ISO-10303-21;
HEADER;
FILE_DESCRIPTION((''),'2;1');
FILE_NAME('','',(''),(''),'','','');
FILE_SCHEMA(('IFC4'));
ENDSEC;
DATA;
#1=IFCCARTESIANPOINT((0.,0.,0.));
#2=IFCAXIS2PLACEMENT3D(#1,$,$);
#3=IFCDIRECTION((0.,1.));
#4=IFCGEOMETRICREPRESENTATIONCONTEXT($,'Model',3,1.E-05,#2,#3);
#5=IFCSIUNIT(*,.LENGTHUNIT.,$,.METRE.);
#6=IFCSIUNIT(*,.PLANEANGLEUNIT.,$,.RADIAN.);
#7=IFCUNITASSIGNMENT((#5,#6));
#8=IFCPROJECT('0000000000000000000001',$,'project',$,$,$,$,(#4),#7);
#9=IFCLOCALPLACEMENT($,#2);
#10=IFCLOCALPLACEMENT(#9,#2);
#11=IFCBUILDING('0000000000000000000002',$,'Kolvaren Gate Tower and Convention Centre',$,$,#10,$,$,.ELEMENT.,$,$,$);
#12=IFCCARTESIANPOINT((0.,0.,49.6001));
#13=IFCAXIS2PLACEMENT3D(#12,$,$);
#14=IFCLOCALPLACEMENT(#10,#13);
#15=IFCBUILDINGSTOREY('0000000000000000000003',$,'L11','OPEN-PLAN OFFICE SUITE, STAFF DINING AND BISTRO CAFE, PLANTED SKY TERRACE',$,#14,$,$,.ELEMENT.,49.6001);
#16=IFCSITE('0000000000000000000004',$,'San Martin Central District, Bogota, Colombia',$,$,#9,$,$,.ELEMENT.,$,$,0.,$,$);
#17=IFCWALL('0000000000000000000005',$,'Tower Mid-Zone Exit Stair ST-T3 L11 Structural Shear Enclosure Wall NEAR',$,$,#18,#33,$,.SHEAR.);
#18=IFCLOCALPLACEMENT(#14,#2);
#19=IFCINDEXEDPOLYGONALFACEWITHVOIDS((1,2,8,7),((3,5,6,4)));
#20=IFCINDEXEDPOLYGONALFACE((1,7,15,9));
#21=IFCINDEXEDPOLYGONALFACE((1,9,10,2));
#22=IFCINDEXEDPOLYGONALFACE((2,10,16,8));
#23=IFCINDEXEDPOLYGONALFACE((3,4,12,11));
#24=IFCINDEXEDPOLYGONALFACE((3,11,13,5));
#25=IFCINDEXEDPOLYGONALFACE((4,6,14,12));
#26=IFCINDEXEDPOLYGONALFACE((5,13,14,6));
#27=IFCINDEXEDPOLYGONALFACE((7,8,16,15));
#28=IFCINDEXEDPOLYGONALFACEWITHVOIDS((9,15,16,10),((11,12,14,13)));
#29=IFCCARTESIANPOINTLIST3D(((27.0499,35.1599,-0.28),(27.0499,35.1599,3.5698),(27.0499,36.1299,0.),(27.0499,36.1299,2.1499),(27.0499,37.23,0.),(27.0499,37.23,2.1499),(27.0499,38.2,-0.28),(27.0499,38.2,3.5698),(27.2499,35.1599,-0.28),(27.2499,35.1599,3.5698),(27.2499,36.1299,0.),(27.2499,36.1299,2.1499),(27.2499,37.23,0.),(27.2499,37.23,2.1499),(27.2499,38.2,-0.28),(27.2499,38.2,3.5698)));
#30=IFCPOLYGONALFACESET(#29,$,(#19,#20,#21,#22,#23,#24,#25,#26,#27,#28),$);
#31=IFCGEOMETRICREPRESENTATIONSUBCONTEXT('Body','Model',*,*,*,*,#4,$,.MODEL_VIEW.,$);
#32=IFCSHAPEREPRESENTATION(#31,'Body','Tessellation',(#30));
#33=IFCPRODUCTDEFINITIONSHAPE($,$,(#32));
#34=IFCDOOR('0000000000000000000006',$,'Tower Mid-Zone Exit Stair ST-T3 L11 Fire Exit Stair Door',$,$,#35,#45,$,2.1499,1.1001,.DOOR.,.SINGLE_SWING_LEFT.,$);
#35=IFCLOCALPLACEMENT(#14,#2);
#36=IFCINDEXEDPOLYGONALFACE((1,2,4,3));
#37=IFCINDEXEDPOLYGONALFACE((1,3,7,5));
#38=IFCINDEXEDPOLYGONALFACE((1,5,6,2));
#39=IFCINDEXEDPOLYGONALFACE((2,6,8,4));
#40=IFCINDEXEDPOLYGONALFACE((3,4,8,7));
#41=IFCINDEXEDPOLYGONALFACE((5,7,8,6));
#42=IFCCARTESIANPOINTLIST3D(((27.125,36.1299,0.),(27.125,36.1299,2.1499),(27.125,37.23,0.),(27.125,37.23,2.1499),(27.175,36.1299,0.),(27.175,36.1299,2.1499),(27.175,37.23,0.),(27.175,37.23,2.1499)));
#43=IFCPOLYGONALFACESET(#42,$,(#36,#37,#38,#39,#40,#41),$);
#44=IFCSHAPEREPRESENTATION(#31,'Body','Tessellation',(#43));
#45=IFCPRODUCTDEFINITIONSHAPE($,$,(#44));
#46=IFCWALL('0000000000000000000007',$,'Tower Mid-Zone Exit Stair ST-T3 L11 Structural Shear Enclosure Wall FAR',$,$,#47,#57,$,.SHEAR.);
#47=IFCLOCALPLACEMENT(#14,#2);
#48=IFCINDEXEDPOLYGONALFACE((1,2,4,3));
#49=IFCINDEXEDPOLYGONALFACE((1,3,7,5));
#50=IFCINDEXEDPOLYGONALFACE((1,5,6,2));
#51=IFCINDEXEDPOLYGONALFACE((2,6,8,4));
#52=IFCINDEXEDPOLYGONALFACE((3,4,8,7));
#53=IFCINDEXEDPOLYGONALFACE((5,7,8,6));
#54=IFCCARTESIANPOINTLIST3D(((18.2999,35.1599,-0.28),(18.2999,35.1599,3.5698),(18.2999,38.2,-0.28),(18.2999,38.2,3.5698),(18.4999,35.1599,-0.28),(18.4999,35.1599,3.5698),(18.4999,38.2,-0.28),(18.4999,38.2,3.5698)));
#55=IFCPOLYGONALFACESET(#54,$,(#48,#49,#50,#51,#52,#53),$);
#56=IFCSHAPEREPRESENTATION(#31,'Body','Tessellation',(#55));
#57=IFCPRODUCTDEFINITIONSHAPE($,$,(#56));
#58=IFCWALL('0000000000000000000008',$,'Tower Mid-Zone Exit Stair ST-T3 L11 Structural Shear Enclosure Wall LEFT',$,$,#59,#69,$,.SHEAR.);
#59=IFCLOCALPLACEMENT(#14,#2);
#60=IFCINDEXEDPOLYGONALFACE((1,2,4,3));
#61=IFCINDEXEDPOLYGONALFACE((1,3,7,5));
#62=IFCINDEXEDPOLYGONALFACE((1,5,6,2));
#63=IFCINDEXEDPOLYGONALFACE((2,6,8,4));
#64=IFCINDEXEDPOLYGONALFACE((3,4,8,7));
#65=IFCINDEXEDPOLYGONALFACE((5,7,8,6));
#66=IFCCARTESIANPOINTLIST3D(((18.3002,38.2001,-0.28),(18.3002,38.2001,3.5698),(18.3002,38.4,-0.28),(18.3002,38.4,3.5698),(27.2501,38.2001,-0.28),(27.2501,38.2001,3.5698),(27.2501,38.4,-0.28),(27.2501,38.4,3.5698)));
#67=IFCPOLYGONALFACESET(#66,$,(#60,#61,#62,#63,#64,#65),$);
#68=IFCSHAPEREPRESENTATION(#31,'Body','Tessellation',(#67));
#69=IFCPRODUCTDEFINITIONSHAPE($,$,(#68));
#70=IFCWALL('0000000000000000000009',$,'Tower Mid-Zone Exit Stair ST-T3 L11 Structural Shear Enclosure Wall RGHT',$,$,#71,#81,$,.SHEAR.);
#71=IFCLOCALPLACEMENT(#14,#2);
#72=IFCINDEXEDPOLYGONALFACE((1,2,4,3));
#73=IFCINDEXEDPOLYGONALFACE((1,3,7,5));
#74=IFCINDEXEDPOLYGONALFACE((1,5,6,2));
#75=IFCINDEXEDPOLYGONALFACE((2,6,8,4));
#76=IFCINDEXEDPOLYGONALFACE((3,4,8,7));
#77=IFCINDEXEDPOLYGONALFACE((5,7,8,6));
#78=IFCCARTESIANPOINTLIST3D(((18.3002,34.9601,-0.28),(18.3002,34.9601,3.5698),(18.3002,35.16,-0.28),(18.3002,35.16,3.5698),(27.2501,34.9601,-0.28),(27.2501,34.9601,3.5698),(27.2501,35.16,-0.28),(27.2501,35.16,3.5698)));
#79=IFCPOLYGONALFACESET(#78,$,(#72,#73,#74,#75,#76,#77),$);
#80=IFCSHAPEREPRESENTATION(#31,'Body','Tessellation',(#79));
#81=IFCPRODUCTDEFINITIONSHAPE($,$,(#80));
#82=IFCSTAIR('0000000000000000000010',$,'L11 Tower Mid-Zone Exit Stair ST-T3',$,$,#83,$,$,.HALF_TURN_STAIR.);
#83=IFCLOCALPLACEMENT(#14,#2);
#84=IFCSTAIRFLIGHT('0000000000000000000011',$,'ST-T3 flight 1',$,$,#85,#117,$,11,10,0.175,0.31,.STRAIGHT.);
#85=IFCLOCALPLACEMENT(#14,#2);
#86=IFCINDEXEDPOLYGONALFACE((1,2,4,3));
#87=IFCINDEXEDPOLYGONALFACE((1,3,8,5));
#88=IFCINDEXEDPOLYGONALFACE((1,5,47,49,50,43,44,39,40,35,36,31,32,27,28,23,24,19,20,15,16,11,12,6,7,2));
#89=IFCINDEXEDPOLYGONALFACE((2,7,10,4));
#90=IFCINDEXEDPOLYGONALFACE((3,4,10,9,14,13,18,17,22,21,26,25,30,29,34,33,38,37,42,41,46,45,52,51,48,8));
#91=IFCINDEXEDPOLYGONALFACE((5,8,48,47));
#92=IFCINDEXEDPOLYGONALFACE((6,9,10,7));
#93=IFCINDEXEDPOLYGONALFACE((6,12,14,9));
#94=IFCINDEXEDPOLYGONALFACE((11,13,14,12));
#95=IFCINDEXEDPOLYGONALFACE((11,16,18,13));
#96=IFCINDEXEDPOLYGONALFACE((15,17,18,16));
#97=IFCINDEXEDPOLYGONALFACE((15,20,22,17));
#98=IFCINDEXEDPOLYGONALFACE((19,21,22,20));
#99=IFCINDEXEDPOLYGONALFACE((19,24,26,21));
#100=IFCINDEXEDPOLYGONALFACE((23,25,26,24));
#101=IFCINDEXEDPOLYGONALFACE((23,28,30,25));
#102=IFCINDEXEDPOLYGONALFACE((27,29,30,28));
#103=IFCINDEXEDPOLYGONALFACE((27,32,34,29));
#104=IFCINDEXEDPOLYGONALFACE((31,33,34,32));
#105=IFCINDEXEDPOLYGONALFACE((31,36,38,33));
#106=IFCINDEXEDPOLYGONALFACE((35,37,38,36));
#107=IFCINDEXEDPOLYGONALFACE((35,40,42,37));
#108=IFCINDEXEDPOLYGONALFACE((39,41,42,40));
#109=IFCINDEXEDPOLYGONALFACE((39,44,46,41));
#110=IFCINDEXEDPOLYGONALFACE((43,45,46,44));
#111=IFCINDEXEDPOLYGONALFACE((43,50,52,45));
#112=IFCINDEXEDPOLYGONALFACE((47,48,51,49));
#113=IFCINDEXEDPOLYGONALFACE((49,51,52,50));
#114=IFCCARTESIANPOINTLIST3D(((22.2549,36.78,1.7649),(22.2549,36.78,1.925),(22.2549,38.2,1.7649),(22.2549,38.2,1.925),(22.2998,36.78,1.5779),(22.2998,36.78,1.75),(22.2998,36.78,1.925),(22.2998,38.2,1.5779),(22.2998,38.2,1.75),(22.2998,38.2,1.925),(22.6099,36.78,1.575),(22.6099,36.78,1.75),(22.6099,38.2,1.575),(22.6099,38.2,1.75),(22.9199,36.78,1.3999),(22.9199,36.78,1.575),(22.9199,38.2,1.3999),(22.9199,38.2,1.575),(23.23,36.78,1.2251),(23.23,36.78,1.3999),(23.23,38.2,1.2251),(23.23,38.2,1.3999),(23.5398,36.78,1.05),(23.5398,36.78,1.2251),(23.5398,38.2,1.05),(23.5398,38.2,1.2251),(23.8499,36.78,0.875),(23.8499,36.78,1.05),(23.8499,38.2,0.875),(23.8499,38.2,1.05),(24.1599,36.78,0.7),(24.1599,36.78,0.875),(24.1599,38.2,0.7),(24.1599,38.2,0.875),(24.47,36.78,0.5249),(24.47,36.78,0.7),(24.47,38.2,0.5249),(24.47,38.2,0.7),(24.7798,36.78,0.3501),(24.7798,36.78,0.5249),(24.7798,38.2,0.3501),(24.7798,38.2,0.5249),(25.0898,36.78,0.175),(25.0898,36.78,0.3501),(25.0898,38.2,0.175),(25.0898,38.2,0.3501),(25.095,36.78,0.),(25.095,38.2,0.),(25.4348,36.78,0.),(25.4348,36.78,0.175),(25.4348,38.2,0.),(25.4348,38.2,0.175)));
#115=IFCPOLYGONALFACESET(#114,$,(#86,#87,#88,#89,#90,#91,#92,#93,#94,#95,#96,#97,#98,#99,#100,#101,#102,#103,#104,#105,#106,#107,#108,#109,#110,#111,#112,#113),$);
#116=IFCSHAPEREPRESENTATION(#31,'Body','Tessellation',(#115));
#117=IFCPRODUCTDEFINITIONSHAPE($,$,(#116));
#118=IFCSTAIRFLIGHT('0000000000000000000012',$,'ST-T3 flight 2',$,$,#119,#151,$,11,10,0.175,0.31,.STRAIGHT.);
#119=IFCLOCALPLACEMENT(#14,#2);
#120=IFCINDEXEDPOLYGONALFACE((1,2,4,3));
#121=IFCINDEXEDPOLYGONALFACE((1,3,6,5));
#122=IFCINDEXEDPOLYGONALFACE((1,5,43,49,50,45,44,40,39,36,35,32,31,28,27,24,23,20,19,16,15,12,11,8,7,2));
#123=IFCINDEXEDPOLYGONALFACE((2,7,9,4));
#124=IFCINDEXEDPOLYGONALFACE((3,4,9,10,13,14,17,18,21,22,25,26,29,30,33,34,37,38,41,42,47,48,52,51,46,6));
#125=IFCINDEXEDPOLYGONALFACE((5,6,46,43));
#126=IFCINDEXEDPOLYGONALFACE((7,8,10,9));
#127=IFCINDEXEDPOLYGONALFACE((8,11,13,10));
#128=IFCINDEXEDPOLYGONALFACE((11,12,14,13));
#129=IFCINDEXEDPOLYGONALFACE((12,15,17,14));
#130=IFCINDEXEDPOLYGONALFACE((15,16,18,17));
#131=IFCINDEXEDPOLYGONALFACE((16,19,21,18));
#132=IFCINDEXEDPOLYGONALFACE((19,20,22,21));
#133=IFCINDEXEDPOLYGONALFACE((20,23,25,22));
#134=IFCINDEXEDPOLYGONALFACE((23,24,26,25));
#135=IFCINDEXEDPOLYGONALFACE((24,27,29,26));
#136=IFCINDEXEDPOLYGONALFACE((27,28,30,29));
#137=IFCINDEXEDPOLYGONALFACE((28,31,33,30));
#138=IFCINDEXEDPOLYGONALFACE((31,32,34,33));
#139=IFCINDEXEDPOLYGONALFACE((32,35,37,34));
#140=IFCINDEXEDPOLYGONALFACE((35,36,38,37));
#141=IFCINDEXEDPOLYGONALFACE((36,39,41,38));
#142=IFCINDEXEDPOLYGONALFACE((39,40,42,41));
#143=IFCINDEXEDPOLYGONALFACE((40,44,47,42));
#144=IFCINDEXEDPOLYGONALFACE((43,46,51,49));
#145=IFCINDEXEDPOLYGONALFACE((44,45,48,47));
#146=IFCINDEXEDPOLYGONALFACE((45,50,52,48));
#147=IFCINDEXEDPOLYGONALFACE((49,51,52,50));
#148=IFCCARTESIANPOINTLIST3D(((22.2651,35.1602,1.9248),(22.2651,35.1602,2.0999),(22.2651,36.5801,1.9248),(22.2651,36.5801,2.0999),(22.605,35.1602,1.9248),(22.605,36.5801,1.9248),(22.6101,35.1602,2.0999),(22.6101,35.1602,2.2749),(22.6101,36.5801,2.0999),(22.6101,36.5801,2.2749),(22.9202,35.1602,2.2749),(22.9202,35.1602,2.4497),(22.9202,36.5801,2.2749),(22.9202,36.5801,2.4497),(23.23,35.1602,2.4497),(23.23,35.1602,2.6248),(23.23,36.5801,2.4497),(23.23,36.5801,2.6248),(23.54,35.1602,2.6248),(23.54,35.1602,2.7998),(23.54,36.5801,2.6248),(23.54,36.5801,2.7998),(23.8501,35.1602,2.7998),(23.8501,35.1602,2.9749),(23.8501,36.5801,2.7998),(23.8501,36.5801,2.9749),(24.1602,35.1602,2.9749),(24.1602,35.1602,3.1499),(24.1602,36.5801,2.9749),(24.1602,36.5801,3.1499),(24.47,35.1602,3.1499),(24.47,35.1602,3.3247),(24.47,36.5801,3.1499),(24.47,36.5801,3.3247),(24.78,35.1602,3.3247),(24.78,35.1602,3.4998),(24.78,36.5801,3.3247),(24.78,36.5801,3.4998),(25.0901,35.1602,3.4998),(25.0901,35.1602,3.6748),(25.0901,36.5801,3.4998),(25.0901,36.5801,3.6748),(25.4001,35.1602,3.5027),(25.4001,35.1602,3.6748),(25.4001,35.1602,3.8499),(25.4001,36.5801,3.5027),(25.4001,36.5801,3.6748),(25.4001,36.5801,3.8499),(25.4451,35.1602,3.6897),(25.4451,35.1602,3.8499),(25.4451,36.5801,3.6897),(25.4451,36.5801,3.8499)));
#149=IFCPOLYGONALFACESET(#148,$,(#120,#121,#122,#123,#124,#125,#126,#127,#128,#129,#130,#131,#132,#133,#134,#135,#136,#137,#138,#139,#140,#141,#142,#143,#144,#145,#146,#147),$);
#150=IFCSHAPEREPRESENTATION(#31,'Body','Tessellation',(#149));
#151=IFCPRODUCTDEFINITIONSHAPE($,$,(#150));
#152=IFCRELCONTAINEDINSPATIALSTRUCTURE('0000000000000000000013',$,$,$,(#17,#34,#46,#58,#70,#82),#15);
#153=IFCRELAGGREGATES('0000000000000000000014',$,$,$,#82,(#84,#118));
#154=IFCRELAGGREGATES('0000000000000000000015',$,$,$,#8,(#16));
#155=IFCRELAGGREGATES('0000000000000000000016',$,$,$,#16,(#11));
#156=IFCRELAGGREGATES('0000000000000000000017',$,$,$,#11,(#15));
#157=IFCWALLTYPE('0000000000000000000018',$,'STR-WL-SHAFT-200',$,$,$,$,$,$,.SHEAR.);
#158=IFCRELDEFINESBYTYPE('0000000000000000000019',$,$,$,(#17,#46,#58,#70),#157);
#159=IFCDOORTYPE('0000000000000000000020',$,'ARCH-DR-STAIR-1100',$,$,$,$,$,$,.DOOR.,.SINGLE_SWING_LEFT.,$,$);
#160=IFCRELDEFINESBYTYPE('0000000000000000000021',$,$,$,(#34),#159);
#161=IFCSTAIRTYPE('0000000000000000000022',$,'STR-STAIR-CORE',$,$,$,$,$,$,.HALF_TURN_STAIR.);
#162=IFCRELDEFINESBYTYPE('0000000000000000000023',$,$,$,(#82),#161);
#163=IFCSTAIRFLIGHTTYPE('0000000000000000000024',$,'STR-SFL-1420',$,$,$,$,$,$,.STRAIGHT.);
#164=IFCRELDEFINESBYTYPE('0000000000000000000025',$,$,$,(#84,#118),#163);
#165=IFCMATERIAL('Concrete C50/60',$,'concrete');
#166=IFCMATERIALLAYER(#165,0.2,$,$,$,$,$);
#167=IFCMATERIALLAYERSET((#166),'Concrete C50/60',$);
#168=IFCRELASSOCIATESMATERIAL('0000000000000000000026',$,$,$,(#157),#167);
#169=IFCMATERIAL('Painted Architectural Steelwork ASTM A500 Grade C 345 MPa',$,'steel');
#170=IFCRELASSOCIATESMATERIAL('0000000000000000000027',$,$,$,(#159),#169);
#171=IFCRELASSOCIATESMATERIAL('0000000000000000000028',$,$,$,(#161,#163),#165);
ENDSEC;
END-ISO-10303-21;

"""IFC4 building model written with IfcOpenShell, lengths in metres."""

from ifc_helpers import new_model, si_unit, direction, frame, frame_2d, origin, place, context, subcontext, project, spatial, polyline, rectangle, outline, extrude, material, layer, layer_set, type_object, element, fill, aggregate, save


model = new_model("IFC4")

# Units and contexts
model_context = context("Model", 3, precision=1e-05, world=origin(), true_north=direction((0.0, 1.0)))
body_context = subcontext(model_context, "Body", "Model", "MODEL_VIEW")
ifc_project = project(units=[si_unit("LENGTHUNIT", "METRE"), si_unit("PLANEANGLEUNIT", "RADIAN")], contexts=[model_context])

# Site, building, storey
site_placement = place(None, origin())
site = spatial("IfcSite", under=ifc_project, at=site_placement, Name="San Martin Central District, Bogota, Colombia", CompositionType="ELEMENT", RefElevation=0.0)
building_placement = place(site_placement, origin())
building = spatial("IfcBuilding", under=site, at=building_placement, Name="Kolvaren Gate Tower and Convention Centre", CompositionType="ELEMENT")
storey_placement = place(building_placement, frame((0.0, 0.0, 49.6001)))
storey = spatial("IfcBuildingStorey", under=building, at=storey_placement, Name="L11", Description="OPEN-PLAN OFFICE SUITE, STAFF DINING AND BISTRO CAFE, PLANTED SKY TERRACE", CompositionType="ELEMENT", Elevation=49.6001)

# Shared definitions
ifc_material_1 = material(Name="Painted Architectural Steelwork ASTM A500 Grade C 345 MPa", Category="steel")

# Wall, opening, door
ifc_material_2 = material(Name="Concrete C50/60", Category="concrete")
ifc_layer_1 = layer(ifc_material_2, 0.2)
ifc_layer_set_1 = layer_set([ifc_layer_1], Name="Concrete C50/60")
wall_type_1 = type_object("IfcWallType", Name="STR-WL-SHAFT-200", PredefinedType="SHEAR", material=ifc_layer_set_1)
wall_1_placement = place(storey_placement, frame((27.1499, 35.1599, -0.28), z_axis=(0.0, 0.0, 1.0), x_axis=(0.0, 1.0, 0.0)))
wall_1 = element("IfcWall", 1, at=wall_1_placement, inside=storey, type_object=wall_type_1, Name="Tower Mid-Zone Exit Stair ST-T3 L11 Structural Shear Enclosure Wall NEAR", PredefinedType="SHEAR", context=body_context, shape_type="SweptSolid", body=[
    extrude(rectangle(XDim=3.04, YDim=0.2, at=frame_2d((1.52, 0.0))), origin(), (0.0, 0.0, 1.0), 3.8499),
])
opening_1_placement = place(wall_1_placement, frame((0.97, 0.0, 0.28)))
opening_1 = element("IfcOpeningElement", 2, at=opening_1_placement, cuts=wall_1, PredefinedType="OPENING", context=body_context, shape_type="SweptSolid", body=[
    extrude(rectangle(XDim=1.1001, YDim=2.1499, at=frame_2d((0.55, 1.075))), frame((0.0, 0.1099, 0.0), z_axis=(0.0, -1.0, 0.0), x_axis=(1.0, 0.0, 0.0)), (0.0, 0.0, 1.0), 0.22),
])
door_type_1 = type_object("IfcDoorType", Name="ARCH-DR-STAIR-1100", OperationType="SINGLE_SWING_LEFT", PredefinedType="DOOR", material=ifc_material_1)
door_1_placement = place(opening_1_placement, origin())
door_1 = element("IfcDoor", 3, at=door_1_placement, inside=storey, type_object=door_type_1, Name="Tower Mid-Zone Exit Stair ST-T3 L11 Fire Exit Stair Door", OperationType="SINGLE_SWING_LEFT", OverallHeight=2.1499, OverallWidth=1.1001, PredefinedType="DOOR", context=body_context, shape_type="SweptSolid", body=[
    extrude(rectangle(XDim=1.1001, YDim=2.1499, at=frame_2d((0.55, 1.075))), frame((0.0, 0.0249, 0.0), z_axis=(0.0, -1.0, 0.0), x_axis=(1.0, 0.0, 0.0)), (0.0, 0.0, 1.0), 0.05),
])
fill(opening_1, door_1)

# Walls
wall_2_placement = place(storey_placement, frame((18.3999, 35.1599, -0.28), z_axis=(0.0, 0.0, 1.0), x_axis=(0.0, 1.0, 0.0)))
element("IfcWall", 4, at=wall_2_placement, inside=storey, type_object=wall_type_1, Name="Tower Mid-Zone Exit Stair ST-T3 L11 Structural Shear Enclosure Wall FAR", PredefinedType="SHEAR", context=body_context, shape_type="SweptSolid", body=[
    extrude(rectangle(XDim=3.04, YDim=0.2, at=frame_2d((1.52, 0.0))), origin(), (0.0, 0.0, 1.0), 3.8499),
])
for number, where, z_axis, x_axis, name in (
    (5, (18.3, 38.3, -0.28), (0.0, 0.0, 1.0), (1.0, 0.0, 0.0), "Tower Mid-Zone Exit Stair ST-T3 L11 Structural Shear Enclosure Wall LEFT"),
    (6, (18.3, 35.0601, -0.28), (0.0, 0.0, 1.0), (1.0, 0.0, 0.0), "Tower Mid-Zone Exit Stair ST-T3 L11 Structural Shear Enclosure Wall RGHT"),
):
    element("IfcWall", number, at=place(storey_placement, frame(where, z_axis=z_axis, x_axis=x_axis)), inside=storey, type_object=wall_type_1, Name=name, PredefinedType="SHEAR", context=body_context, shape_type="SweptSolid", body=[
        extrude(rectangle(XDim=8.95, YDim=0.2, at=frame_2d((4.4751, 0.0))), origin(), (0.0, 0.0, 1.0), 3.8499),
    ])

# Stair, stair flights
stair_type = type_object("IfcStairType", Name="STR-STAIR-CORE", PredefinedType="HALF_TURN_STAIR", material=ifc_material_2)
stair_placement = place(storey_placement, origin())
stair = element("IfcStair", 7, at=stair_placement, inside=storey, type_object=stair_type, Name="L11 Tower Mid-Zone Exit Stair ST-T3", PredefinedType="HALF_TURN_STAIR")
stair_flight_type = type_object("IfcStairFlightType", Name="STR-SFL-1420", PredefinedType="STRAIGHT", material=ifc_material_2)
stair_flight_1_placement = place(storey_placement, frame((25.3999, 37.49, 0.0), z_axis=(0.0, 0.0, 1.0), x_axis=(-1.0, 0.0, 0.0)))
stair_flight_1 = element("IfcStairFlight", 8, at=stair_flight_1_placement, type_object=stair_flight_type, Name="ST-T3 flight 1", NumberOfRisers=11, NumberOfTreads=10, PredefinedType="STRAIGHT", RiserHeight=0.175, TreadLength=0.31, context=body_context, shape_type="SweptSolid", body=[
    extrude(outline(polyline([(-0.0349, 0.0), (-0.0349, 0.175), (0.3101, 0.175), (0.3101, 0.3501), (0.6201, 0.3501), (0.6201, 0.5249), (0.9299, 0.5249), (0.9299, 0.7), (1.24, 0.7), (1.24, 0.875), (1.55, 0.875), (1.55, 1.05), (1.8601, 1.05), (1.8601, 1.2251), (2.1699, 1.2251), (2.1699, 1.3999), (2.48, 1.3999), (2.48, 1.575), (2.79, 1.575), (2.79, 1.75), (3.1001, 1.75), (3.1001, 1.925), (3.145, 1.925), (3.145, 1.7649), (3.1001, 1.5779), (0.3049, 0.0), (-0.0349, 0.0)])), frame((0.0, 0.71, 0.0), z_axis=(0.0, -1.0, 0.0), x_axis=(1.0, 0.0, 0.0)), (0.0, 0.0, 1.0), 1.4199),
])
stair_flight_2_placement = place(storey_placement, frame((22.3, 35.8701, 1.9248), z_axis=(0.0, 0.0, 1.0), x_axis=(1.0, 0.0, 0.0)))
stair_flight_2 = element("IfcStairFlight", 9, at=stair_flight_2_placement, type_object=stair_flight_type, Name="ST-T3 flight 2", NumberOfRisers=11, NumberOfTreads=10, PredefinedType="STRAIGHT", RiserHeight=0.175, TreadLength=0.31, context=body_context, shape_type="SweptSolid", body=[
    extrude(outline(polyline([(-0.0349, 0.0), (-0.0349, 0.175), (0.3101, 0.175), (0.3101, 0.3501), (0.6201, 0.3501), (0.6201, 0.5249), (0.9299, 0.5249), (0.9299, 0.7), (1.24, 0.7), (1.24, 0.875), (1.55, 0.875), (1.55, 1.05), (1.8601, 1.05), (1.8601, 1.2251), (2.1699, 1.2251), (2.1699, 1.3999), (2.48, 1.3999), (2.48, 1.575), (2.79, 1.575), (2.79, 1.75), (3.1001, 1.75), (3.1001, 1.925), (3.145, 1.925), (3.145, 1.7649), (3.1001, 1.5779), (0.3049, 0.0), (-0.0349, 0.0)])), frame((0.0, 0.71, 0.0), z_axis=(0.0, -1.0, 0.0), x_axis=(1.0, 0.0, 0.0)), (0.0, 0.0, 1.0), 1.4199),
])
aggregate(stair, [stair_flight_1, stair_flight_2])

save(model, "model.ifc")
